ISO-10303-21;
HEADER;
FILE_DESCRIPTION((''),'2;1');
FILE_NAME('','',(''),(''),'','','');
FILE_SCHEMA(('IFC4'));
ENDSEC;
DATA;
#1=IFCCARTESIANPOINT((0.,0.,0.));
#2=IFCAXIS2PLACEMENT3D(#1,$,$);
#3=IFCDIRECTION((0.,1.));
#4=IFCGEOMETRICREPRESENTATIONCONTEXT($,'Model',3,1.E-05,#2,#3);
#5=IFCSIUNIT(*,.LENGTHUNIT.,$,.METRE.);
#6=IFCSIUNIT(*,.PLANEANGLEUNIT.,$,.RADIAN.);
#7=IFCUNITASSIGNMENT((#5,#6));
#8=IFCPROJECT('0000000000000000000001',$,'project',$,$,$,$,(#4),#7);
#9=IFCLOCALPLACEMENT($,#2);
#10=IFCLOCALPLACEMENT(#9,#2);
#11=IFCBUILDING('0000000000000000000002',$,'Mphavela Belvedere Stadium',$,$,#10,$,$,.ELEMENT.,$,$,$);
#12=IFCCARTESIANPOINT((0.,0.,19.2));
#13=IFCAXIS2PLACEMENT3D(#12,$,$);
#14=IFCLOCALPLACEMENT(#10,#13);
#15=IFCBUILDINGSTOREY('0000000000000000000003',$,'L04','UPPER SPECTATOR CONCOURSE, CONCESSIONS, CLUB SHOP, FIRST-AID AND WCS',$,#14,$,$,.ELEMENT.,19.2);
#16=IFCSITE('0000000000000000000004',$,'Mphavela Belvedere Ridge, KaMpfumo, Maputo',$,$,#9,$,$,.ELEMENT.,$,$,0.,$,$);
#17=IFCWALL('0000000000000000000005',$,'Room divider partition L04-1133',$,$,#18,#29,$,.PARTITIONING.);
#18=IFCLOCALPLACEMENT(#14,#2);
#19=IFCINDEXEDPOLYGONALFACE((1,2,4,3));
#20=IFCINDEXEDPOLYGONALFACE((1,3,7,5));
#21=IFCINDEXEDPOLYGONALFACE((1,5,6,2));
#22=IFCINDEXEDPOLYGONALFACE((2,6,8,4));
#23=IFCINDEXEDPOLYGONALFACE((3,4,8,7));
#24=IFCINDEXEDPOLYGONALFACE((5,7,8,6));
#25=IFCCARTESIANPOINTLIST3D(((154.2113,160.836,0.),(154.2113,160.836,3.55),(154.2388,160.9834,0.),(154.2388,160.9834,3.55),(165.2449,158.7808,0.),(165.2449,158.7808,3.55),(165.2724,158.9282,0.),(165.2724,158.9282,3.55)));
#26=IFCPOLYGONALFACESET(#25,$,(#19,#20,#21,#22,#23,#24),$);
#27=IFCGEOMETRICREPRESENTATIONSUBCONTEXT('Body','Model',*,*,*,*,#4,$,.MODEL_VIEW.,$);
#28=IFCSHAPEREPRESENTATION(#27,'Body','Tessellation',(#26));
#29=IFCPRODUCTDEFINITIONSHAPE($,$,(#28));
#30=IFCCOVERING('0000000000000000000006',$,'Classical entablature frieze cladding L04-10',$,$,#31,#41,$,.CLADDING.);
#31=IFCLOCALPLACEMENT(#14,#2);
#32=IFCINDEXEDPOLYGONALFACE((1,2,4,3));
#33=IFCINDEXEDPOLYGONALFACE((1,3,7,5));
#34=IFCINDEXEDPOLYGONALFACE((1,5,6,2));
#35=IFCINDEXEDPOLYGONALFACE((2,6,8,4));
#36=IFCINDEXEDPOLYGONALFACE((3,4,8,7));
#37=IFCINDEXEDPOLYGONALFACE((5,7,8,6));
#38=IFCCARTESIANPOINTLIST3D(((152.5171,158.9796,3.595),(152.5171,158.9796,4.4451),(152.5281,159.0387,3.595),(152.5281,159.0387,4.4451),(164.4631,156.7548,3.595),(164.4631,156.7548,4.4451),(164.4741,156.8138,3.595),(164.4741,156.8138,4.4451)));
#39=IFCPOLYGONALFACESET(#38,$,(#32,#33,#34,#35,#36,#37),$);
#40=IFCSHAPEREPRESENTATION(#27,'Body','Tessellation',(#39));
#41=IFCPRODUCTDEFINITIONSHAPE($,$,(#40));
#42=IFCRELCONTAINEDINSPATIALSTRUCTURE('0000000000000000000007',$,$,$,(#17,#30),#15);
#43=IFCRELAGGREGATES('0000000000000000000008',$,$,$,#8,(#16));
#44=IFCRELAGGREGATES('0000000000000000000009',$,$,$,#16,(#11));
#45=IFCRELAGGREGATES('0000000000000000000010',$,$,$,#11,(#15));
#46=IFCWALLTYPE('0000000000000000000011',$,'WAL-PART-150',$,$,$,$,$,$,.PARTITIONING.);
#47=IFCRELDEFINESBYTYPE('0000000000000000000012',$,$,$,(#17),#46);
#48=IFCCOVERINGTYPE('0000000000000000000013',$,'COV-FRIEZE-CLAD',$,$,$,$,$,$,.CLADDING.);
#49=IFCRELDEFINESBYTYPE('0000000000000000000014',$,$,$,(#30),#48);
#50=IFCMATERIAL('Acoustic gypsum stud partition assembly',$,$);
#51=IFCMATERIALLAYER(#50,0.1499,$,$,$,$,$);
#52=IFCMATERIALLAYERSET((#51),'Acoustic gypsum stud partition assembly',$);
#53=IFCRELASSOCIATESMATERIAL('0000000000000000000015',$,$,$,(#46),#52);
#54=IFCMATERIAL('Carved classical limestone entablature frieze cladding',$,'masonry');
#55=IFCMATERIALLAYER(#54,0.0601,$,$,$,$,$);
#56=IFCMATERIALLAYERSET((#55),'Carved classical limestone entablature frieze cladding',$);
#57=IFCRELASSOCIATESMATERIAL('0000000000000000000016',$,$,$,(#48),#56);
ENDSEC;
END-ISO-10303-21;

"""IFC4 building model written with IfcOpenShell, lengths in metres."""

from ifc_helpers import new_model, si_unit, direction, frame, frame_2d, origin, origin_2d, place, context, subcontext, project, spatial, rectangle, extrude, material, layer, layer_set, type_object, element, save


model = new_model("IFC4")

# Units and contexts
model_context = context("Model", 3, precision=1e-05, world=origin(), true_north=direction((0.0, 1.0)))
body_context = subcontext(model_context, "Body", "Model", "MODEL_VIEW")
ifc_project = project(units=[si_unit("LENGTHUNIT", "METRE"), si_unit("PLANEANGLEUNIT", "RADIAN")], contexts=[model_context])

# Site, building, storey
site_placement = place(None, origin())
site = spatial("IfcSite", under=ifc_project, at=site_placement, Name="Mphavela Belvedere Ridge, KaMpfumo, Maputo", CompositionType="ELEMENT", RefElevation=0.0)
building_placement = place(site_placement, origin())
building = spatial("IfcBuilding", under=site, at=building_placement, Name="Mphavela Belvedere Stadium", CompositionType="ELEMENT")
storey_placement = place(building_placement, frame((0.0, 0.0, 19.2)))
storey = spatial("IfcBuildingStorey", under=building, at=storey_placement, Name="L04", Description="UPPER SPECTATOR CONCOURSE, CONCESSIONS, CLUB SHOP, FIRST-AID AND WCS", CompositionType="ELEMENT", Elevation=19.2)

# Wall
ifc_material_1 = material(Name="Acoustic gypsum stud partition assembly")
ifc_layer_1 = layer(ifc_material_1, 0.1499)
ifc_layer_set_1 = layer_set([ifc_layer_1], Name="Acoustic gypsum stud partition assembly")
wall_type = type_object("IfcWallType", Name="WAL-PART-150", PredefinedType="PARTITIONING", material=ifc_layer_set_1)
wall_placement = place(storey_placement, frame((165.2588, 158.8545, 0.0), z_axis=(0.0, 0.0, 1.0), x_axis=(-0.983092, 0.183114, 0.0)))
element("IfcWall", 1, at=wall_placement, inside=storey, type_object=wall_type, Name="Room divider partition L04-1133", PredefinedType="PARTITIONING", context=body_context, shape_type="SweptSolid", body=[
    extrude(rectangle(XDim=11.2234, YDim=0.1499, at=frame_2d((5.6118, 0.0))), origin(), (0.0, 0.0, 1.0), 3.55),
])

# Covering
ifc_material_2 = material(Name="Carved classical limestone entablature frieze cladding", Category="masonry")
ifc_layer_2 = layer(ifc_material_2, 0.0601)
ifc_layer_set_2 = layer_set([ifc_layer_2], Name="Carved classical limestone entablature frieze cladding")
covering_type = type_object("IfcCoveringType", Name="COV-FRIEZE-CLAD", PredefinedType="CLADDING", material=ifc_layer_set_2)
covering_placement = place(storey_placement, frame((158.4956, 157.8967, 3.595), z_axis=(0.0, 0.0, 1.0), x_axis=(-0.983096, 0.183094, 0.0)))
element("IfcCovering", 2, at=covering_placement, inside=storey, type_object=covering_type, Name="Classical entablature frieze cladding L04-10", PredefinedType="CLADDING", context=body_context, shape_type="SweptSolid", body=[
    extrude(rectangle(XDim=12.1514, YDim=0.0601, at=origin_2d()), origin(), (0.0, 0.0, 1.0), 0.8501),
])

save(model, "model.ifc")
